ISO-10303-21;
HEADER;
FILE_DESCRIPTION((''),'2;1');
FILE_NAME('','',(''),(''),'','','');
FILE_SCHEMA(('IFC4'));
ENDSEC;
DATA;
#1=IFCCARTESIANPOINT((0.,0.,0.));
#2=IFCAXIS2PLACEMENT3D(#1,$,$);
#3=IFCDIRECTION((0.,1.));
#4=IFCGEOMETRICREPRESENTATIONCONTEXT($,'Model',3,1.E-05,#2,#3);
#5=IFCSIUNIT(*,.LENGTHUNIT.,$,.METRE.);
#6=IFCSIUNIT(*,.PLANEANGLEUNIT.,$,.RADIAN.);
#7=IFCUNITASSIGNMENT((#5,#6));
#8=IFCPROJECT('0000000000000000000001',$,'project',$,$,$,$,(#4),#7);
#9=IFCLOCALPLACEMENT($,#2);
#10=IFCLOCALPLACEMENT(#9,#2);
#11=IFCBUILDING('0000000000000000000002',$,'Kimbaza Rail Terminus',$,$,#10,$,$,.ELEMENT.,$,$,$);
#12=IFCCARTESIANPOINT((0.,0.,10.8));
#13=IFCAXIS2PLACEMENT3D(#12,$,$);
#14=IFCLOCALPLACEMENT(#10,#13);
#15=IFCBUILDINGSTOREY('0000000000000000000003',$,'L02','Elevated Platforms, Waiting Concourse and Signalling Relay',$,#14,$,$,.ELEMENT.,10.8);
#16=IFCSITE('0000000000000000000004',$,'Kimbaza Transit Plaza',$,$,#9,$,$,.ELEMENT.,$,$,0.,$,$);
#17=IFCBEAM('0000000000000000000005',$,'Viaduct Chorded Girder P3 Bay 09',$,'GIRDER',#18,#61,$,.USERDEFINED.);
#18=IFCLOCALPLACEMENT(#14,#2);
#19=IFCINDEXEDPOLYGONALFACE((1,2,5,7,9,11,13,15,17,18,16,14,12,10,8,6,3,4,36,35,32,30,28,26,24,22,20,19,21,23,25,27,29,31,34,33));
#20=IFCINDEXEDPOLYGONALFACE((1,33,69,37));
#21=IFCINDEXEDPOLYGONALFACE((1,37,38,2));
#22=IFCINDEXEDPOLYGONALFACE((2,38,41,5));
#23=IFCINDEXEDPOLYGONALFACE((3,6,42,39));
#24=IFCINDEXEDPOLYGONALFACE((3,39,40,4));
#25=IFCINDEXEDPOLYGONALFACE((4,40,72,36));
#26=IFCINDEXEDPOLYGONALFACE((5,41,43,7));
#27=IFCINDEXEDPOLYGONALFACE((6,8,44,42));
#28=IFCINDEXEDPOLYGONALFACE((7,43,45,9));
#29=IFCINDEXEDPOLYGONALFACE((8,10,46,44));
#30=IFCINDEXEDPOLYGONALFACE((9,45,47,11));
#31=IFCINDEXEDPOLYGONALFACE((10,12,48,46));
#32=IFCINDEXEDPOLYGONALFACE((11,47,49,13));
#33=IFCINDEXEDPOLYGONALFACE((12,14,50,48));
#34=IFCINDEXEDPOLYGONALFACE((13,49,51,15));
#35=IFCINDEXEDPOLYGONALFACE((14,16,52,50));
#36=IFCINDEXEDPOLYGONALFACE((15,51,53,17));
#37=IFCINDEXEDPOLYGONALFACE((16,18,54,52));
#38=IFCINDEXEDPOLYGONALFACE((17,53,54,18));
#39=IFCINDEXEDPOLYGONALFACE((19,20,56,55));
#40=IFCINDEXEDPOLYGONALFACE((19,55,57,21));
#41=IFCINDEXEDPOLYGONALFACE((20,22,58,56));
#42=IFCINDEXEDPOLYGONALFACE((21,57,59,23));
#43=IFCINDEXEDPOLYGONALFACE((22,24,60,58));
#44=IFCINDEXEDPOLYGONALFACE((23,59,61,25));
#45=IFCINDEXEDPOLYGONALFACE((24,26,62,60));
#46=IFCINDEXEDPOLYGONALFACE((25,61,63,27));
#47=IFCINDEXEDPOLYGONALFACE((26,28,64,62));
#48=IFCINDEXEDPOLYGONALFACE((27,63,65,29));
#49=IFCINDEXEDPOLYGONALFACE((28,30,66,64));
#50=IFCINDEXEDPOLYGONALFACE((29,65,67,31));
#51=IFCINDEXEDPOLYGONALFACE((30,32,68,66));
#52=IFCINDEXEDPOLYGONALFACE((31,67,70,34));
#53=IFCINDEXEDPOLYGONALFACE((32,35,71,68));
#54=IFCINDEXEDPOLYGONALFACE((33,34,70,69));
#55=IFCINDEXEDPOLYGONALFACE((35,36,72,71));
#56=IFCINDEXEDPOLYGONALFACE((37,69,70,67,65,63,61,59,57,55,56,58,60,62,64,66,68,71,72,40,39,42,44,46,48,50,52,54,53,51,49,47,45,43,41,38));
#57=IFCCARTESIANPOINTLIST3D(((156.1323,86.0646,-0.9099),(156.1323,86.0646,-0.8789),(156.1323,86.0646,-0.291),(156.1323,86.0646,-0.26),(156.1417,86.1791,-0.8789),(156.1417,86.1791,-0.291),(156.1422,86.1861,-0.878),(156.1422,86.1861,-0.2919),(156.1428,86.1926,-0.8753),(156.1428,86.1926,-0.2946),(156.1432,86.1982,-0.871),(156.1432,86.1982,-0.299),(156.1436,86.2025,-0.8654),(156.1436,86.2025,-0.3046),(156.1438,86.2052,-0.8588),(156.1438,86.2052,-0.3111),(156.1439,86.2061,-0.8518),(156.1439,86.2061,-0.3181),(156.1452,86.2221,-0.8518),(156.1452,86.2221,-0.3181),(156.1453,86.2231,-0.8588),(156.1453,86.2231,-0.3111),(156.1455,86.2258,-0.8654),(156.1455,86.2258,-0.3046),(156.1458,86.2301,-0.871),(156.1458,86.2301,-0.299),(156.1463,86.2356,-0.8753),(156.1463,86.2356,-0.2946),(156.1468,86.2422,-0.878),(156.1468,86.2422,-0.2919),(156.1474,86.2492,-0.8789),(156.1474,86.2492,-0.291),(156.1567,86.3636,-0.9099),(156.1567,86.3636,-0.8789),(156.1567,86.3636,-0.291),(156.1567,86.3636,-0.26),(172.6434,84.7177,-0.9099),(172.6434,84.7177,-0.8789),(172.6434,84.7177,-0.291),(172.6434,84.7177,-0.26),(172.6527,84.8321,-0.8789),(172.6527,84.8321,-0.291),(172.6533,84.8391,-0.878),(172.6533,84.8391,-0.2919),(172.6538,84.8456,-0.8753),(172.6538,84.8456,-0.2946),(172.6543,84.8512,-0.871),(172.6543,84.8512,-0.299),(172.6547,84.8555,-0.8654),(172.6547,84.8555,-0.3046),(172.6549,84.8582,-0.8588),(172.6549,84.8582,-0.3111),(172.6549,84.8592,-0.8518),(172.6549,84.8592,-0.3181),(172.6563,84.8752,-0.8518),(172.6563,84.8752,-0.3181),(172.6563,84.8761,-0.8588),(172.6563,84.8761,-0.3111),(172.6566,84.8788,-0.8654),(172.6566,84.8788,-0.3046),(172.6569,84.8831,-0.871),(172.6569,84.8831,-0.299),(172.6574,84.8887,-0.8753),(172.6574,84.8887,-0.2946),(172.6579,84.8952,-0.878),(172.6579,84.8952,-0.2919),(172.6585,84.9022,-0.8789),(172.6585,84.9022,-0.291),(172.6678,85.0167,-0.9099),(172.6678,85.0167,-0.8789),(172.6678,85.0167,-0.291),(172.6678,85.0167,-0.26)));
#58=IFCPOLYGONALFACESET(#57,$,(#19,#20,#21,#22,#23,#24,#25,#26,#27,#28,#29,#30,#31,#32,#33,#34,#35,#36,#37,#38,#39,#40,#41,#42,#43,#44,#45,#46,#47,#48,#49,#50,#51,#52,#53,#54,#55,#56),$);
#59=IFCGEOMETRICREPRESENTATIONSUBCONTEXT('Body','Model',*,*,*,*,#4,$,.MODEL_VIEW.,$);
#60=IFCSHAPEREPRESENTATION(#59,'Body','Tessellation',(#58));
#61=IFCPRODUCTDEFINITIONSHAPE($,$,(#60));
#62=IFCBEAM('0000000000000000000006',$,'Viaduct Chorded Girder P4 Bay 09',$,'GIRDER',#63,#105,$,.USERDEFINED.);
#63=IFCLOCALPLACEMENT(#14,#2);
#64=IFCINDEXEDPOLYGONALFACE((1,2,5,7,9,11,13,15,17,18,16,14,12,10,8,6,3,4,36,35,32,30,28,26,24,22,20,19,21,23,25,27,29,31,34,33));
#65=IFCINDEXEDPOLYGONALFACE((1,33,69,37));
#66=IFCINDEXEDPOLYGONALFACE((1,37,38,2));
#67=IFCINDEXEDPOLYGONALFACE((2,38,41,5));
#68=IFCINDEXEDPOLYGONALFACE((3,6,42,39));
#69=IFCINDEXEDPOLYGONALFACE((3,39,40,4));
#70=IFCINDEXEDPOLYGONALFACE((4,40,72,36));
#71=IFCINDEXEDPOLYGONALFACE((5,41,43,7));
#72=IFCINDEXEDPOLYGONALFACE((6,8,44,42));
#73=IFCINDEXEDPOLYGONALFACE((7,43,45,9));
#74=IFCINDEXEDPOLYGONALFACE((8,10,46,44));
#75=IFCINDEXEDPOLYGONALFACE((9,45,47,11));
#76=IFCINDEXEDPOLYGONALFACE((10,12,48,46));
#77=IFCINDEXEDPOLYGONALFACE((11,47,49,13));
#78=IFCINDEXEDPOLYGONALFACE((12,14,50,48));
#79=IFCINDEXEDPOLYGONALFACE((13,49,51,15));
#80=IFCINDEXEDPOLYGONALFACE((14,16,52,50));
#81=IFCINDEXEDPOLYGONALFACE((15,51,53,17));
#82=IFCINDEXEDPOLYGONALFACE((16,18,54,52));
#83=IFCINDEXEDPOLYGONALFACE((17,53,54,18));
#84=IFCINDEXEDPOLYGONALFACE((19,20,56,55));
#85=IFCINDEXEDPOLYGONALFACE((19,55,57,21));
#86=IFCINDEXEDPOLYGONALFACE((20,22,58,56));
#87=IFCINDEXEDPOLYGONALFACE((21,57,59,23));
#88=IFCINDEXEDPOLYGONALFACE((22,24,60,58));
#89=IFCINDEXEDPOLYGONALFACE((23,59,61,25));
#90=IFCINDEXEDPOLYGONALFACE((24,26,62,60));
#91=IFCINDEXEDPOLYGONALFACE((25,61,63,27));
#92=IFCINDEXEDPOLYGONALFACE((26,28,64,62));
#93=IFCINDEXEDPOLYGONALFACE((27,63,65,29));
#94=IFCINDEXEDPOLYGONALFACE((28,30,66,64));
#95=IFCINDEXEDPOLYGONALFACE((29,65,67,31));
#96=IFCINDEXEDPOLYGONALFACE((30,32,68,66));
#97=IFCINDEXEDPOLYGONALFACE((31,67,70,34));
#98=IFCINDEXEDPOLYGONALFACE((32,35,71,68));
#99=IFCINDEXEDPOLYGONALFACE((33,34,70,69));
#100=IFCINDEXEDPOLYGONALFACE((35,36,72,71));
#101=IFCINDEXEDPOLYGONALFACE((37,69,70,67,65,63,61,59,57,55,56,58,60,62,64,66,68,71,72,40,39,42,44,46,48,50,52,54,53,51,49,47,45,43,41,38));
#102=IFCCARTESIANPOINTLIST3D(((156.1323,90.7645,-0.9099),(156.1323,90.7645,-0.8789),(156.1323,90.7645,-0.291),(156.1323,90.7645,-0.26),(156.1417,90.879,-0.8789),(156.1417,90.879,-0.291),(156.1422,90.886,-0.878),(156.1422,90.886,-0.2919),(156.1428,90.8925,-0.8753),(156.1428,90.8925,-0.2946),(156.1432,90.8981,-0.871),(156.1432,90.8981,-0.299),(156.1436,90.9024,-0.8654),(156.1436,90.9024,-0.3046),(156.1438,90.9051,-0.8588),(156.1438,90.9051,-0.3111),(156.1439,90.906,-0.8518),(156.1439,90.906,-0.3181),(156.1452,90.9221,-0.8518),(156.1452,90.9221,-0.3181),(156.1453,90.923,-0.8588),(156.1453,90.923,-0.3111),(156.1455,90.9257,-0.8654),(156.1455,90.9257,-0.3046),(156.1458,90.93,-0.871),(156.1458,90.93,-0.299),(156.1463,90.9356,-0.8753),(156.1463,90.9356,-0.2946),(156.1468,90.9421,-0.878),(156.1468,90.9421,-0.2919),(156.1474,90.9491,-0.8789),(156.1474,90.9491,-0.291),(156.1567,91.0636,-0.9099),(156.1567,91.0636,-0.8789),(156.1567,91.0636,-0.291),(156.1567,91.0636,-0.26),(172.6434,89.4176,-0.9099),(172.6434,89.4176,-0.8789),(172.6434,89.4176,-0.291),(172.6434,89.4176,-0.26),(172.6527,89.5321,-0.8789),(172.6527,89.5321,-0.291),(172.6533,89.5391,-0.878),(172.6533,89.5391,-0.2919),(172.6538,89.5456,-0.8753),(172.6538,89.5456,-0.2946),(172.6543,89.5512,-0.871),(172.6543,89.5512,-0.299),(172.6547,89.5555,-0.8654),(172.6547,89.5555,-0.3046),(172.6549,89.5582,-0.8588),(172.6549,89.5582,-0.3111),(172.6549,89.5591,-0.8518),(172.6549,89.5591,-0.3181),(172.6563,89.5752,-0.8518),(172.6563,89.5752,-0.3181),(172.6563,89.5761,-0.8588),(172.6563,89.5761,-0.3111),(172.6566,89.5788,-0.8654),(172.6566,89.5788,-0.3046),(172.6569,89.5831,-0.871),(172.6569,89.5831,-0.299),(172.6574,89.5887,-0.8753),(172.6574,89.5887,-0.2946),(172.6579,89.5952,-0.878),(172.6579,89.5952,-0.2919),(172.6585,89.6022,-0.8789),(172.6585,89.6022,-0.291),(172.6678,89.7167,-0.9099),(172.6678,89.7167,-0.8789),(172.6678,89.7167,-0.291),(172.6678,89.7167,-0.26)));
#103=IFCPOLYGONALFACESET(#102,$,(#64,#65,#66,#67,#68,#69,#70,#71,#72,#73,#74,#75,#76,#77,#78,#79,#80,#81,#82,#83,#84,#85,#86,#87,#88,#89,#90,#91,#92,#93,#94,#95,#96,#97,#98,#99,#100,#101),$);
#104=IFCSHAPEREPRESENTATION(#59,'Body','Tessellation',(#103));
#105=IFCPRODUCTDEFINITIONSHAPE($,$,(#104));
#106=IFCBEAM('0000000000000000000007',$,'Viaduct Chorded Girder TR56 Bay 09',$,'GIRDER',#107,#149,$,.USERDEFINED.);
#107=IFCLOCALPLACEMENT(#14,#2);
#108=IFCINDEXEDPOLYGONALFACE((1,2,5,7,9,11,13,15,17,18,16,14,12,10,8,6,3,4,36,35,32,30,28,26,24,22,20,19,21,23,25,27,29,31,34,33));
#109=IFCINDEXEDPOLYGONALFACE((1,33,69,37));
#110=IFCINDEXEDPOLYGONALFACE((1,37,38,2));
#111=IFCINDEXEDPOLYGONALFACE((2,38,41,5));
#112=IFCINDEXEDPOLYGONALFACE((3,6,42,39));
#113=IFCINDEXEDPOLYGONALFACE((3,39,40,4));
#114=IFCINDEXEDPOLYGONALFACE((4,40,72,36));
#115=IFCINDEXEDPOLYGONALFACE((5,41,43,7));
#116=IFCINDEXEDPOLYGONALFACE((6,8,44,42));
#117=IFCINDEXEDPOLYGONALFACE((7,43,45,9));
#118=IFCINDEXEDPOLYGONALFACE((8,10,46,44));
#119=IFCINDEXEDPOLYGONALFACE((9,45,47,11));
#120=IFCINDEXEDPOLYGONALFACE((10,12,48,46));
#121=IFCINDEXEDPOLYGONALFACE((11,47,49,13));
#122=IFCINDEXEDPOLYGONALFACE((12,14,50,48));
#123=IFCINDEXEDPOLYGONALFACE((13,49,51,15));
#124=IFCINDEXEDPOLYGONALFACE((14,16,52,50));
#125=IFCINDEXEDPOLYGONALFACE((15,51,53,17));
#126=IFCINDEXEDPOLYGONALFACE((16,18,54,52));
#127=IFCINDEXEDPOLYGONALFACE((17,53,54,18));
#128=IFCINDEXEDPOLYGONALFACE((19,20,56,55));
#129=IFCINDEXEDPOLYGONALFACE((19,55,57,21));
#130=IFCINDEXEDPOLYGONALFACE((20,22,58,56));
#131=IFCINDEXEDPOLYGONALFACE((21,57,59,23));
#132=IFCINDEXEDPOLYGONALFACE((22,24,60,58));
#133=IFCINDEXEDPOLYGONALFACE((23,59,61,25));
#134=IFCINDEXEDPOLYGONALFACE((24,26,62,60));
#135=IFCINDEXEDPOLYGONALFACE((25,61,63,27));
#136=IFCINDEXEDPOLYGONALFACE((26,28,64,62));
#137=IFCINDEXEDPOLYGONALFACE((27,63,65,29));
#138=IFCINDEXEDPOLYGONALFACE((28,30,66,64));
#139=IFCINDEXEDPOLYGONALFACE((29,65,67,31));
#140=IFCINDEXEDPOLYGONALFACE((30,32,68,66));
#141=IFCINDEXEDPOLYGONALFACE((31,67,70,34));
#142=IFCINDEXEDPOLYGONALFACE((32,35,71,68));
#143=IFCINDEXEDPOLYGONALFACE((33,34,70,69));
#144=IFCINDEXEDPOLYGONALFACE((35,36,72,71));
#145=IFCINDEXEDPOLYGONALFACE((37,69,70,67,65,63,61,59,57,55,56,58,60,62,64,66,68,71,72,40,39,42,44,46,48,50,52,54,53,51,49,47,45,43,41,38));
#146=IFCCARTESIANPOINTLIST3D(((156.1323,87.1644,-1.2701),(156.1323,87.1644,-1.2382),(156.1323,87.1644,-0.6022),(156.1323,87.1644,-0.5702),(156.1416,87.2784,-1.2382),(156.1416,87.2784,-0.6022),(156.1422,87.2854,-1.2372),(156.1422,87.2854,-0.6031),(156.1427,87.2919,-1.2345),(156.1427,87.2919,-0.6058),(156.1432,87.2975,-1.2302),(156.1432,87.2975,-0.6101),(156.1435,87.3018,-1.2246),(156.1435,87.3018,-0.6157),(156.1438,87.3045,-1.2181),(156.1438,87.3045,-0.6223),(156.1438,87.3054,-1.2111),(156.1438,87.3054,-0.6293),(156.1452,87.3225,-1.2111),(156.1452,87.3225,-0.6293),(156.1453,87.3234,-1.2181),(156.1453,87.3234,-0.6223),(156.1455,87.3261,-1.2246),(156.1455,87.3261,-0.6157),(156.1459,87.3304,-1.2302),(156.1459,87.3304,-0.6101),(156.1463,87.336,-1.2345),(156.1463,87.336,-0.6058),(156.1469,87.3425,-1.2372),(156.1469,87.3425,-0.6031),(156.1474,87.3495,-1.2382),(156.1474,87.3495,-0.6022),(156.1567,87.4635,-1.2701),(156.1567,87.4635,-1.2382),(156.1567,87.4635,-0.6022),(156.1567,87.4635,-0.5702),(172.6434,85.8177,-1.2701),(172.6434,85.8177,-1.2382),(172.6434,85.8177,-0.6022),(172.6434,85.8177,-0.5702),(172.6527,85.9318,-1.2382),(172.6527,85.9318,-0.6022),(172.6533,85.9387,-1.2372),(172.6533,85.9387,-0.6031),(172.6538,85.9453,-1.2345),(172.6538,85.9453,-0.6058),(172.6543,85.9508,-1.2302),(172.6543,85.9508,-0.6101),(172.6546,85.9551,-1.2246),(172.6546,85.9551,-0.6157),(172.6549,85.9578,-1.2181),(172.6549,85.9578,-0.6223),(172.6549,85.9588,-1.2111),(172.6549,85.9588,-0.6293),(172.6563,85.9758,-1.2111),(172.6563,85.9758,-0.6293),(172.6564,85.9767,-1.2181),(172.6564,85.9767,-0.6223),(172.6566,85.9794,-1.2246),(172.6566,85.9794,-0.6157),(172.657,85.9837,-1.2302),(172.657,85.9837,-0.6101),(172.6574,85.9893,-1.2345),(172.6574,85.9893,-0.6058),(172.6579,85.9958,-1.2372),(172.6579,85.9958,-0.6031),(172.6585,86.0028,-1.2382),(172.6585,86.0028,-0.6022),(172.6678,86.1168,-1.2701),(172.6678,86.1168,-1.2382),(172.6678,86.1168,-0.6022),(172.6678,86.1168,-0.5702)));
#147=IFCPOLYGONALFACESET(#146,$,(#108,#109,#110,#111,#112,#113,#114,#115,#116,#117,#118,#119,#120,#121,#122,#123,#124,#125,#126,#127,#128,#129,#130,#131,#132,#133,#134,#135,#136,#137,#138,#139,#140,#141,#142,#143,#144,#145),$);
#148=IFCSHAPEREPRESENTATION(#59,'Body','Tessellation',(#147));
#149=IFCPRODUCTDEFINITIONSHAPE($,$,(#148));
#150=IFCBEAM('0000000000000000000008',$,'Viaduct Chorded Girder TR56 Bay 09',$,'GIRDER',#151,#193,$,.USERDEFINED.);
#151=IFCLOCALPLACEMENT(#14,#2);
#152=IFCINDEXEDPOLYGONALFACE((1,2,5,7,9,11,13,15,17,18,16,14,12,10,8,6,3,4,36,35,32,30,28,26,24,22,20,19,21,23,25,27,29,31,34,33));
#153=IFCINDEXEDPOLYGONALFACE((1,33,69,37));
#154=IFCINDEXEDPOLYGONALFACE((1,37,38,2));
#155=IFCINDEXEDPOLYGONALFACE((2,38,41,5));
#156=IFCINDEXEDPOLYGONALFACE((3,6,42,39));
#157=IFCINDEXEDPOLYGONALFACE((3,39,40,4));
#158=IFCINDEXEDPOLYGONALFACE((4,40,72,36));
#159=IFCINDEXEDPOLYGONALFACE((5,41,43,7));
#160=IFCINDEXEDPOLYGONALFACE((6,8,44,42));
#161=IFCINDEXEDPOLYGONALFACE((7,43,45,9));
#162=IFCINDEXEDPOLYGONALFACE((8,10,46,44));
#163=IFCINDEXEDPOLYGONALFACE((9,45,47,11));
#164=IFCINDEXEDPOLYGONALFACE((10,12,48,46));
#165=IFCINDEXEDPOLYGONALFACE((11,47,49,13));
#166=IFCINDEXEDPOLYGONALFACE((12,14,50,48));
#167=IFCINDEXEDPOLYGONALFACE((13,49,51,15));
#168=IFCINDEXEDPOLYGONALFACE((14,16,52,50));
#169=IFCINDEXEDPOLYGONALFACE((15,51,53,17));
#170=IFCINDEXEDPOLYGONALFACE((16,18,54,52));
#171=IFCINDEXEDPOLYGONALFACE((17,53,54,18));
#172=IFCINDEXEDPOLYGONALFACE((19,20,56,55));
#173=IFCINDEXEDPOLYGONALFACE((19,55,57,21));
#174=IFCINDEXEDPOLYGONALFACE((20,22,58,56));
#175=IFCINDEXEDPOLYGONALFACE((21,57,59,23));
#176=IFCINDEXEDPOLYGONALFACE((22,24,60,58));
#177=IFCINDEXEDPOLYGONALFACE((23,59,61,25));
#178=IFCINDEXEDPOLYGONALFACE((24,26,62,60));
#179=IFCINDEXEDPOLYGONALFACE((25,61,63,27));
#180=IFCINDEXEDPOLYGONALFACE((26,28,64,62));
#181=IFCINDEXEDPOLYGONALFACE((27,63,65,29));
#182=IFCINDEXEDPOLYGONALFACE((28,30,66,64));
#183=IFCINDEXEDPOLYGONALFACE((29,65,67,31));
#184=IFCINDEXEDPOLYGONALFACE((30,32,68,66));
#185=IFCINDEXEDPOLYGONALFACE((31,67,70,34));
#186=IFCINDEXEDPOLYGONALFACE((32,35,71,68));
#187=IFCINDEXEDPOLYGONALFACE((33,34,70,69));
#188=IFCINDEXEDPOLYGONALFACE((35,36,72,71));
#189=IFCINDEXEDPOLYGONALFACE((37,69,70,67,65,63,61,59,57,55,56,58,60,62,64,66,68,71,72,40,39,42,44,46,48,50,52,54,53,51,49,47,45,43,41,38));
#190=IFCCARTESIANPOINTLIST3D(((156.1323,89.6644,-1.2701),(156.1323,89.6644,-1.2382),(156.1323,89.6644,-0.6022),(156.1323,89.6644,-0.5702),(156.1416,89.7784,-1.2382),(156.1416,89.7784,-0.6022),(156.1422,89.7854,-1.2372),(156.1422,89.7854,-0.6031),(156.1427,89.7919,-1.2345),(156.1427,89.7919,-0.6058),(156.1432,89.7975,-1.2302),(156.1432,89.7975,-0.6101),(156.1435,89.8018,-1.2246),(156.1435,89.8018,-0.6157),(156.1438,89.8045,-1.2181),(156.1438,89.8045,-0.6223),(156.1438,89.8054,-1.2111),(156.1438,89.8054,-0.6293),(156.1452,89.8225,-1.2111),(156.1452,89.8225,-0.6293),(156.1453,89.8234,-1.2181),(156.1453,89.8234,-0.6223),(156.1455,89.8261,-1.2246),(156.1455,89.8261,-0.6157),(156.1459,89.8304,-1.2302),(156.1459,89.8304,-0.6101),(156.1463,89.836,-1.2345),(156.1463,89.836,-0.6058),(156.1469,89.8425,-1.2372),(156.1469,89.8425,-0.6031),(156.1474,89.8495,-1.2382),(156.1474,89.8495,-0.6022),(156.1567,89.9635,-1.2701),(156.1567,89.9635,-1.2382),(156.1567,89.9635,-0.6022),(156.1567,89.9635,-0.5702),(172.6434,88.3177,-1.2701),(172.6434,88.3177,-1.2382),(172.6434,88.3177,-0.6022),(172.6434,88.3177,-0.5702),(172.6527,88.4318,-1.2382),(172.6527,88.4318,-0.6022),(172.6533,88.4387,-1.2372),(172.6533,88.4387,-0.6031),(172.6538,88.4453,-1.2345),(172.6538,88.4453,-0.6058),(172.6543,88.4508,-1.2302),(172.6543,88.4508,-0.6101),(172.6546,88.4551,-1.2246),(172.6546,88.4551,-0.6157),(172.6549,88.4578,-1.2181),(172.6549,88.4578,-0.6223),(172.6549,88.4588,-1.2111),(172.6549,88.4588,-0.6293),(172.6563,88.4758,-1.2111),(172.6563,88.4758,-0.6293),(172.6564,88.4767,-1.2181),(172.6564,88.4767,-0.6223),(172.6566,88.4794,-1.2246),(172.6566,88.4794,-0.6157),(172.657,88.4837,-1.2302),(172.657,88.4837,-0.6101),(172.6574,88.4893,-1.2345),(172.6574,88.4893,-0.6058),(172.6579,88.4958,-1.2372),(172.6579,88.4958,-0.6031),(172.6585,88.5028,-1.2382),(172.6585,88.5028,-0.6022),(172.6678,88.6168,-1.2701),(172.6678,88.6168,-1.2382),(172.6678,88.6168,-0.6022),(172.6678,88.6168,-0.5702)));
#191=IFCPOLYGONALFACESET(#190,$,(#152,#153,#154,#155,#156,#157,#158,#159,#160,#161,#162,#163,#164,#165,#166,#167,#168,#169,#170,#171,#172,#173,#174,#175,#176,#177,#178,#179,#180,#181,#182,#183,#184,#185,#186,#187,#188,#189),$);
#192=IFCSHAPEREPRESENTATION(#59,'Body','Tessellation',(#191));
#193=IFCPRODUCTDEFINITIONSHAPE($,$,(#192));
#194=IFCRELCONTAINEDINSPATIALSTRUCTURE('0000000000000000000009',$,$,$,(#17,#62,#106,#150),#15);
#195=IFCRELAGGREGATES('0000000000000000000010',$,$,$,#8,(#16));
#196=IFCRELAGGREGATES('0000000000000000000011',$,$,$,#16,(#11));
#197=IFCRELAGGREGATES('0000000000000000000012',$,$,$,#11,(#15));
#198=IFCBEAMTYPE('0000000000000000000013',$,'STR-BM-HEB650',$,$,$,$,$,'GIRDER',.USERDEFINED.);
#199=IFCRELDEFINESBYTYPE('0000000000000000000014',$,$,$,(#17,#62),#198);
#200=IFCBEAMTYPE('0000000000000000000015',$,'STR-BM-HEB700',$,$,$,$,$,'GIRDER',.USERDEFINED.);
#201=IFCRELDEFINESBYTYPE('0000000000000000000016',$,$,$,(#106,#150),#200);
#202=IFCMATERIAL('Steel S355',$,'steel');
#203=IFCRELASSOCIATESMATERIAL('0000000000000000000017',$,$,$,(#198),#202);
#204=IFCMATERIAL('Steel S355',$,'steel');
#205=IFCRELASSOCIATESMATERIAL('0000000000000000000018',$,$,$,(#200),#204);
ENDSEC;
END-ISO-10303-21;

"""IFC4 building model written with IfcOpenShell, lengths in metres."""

from ifc_helpers import new_model, si_unit, direction, frame, origin, origin_2d, place, context, subcontext, project, spatial, i_section, extrude, material, material_profile, profile_set, type_object, element, save


model = new_model("IFC4")

# Units and contexts
model_context = context("Model", 3, precision=1e-05, world=origin(), true_north=direction((0.0, 1.0)))
body_context = subcontext(model_context, "Body", "Model", "MODEL_VIEW")
ifc_project = project(units=[si_unit("LENGTHUNIT", "METRE"), si_unit("PLANEANGLEUNIT", "RADIAN")], contexts=[model_context])

# Site, building, storey
site_placement = place(None, origin())
site = spatial("IfcSite", under=ifc_project, at=site_placement, Name="Kimbaza Transit Plaza", CompositionType="ELEMENT", RefElevation=0.0)
building_placement = place(site_placement, origin())
building = spatial("IfcBuilding", under=site, at=building_placement, Name="Kimbaza Rail Terminus", CompositionType="ELEMENT")
storey_placement = place(building_placement, frame((0.0, 0.0, 10.8)))
storey = spatial("IfcBuildingStorey", under=building, at=storey_placement, Name="L02", Description="Elevated Platforms, Waiting Concourse and Signalling Relay", CompositionType="ELEMENT", Elevation=10.8)

# Beams
ifc_material_1 = material(Name="Steel S355", Category="steel")
ifc_material_profile_1 = material_profile(ifc_material_1, i_section(OverallWidth=0.3, OverallDepth=0.6499, WebThickness=0.0161, FlangeThickness=0.031, FilletRadius=0.0271, at=origin_2d()), Name="HEB 650")
ifc_profile_set_1 = profile_set([ifc_material_profile_1], Name="Steel S355")
beam_type_1 = type_object("IfcBeamType", Name="STR-BM-HEB650", ElementType="GIRDER", PredefinedType="USERDEFINED", material=ifc_profile_set_1)
for number, where, z_axis, x_axis, name in (
    (1, (156.1445, 86.2141, -0.585), (0.996689, -0.081307, 0.0), (0.081307, 0.996689, 0.0), "Viaduct Chorded Girder P3 Bay 09"),
    (2, (156.1445, 90.9141, -0.585), (0.996689, -0.081307, 0.0), (0.081307, 0.996689, 0.0), "Viaduct Chorded Girder P4 Bay 09"),
):
    element("IfcBeam", number, at=place(storey_placement, frame(where, z_axis=z_axis, x_axis=x_axis)), inside=storey, type_object=beam_type_1, Name=name, ObjectType="GIRDER", PredefinedType="USERDEFINED", context=body_context, shape_type="SweptSolid", body=[
        extrude(i_section(OverallWidth=0.3, OverallDepth=0.6499, WebThickness=0.0161, FlangeThickness=0.031, FilletRadius=0.0271, at=origin_2d()), origin(), (0.0, 0.0, 1.0), 16.5659),
    ])
ifc_material_2 = material(Name="Steel S355", Category="steel")
ifc_material_profile_2 = material_profile(ifc_material_2, i_section(OverallWidth=0.3, OverallDepth=0.7, WebThickness=0.0171, FlangeThickness=0.032, FilletRadius=0.0271, at=origin_2d()), Name="HEB 700")
ifc_profile_set_2 = profile_set([ifc_material_profile_2], Name="Steel S355")
beam_type_2 = type_object("IfcBeamType", Name="STR-BM-HEB700", ElementType="GIRDER", PredefinedType="USERDEFINED", material=ifc_profile_set_2)
for number, where, z_axis, x_axis, name in (
    (3, (156.1445, 87.314, -0.9202), (0.99669, -0.081293, 0.0), (0.081293, 0.99669, 0.0), "Viaduct Chorded Girder TR56 Bay 09"),
    (4, (156.1445, 89.814, -0.9202), (0.99669, -0.081293, 0.0), (0.081293, 0.99669, 0.0), "Viaduct Chorded Girder TR56 Bay 09"),
):
    element("IfcBeam", number, at=place(storey_placement, frame(where, z_axis=z_axis, x_axis=x_axis)), inside=storey, type_object=beam_type_2, Name=name, ObjectType="GIRDER", PredefinedType="USERDEFINED", context=body_context, shape_type="SweptSolid", body=[
        extrude(i_section(OverallWidth=0.3, OverallDepth=0.7, WebThickness=0.0171, FlangeThickness=0.032, FilletRadius=0.0271, at=origin_2d()), origin(), (0.0, 0.0, 1.0), 16.5659),
    ])

save(model, "model.ifc")
